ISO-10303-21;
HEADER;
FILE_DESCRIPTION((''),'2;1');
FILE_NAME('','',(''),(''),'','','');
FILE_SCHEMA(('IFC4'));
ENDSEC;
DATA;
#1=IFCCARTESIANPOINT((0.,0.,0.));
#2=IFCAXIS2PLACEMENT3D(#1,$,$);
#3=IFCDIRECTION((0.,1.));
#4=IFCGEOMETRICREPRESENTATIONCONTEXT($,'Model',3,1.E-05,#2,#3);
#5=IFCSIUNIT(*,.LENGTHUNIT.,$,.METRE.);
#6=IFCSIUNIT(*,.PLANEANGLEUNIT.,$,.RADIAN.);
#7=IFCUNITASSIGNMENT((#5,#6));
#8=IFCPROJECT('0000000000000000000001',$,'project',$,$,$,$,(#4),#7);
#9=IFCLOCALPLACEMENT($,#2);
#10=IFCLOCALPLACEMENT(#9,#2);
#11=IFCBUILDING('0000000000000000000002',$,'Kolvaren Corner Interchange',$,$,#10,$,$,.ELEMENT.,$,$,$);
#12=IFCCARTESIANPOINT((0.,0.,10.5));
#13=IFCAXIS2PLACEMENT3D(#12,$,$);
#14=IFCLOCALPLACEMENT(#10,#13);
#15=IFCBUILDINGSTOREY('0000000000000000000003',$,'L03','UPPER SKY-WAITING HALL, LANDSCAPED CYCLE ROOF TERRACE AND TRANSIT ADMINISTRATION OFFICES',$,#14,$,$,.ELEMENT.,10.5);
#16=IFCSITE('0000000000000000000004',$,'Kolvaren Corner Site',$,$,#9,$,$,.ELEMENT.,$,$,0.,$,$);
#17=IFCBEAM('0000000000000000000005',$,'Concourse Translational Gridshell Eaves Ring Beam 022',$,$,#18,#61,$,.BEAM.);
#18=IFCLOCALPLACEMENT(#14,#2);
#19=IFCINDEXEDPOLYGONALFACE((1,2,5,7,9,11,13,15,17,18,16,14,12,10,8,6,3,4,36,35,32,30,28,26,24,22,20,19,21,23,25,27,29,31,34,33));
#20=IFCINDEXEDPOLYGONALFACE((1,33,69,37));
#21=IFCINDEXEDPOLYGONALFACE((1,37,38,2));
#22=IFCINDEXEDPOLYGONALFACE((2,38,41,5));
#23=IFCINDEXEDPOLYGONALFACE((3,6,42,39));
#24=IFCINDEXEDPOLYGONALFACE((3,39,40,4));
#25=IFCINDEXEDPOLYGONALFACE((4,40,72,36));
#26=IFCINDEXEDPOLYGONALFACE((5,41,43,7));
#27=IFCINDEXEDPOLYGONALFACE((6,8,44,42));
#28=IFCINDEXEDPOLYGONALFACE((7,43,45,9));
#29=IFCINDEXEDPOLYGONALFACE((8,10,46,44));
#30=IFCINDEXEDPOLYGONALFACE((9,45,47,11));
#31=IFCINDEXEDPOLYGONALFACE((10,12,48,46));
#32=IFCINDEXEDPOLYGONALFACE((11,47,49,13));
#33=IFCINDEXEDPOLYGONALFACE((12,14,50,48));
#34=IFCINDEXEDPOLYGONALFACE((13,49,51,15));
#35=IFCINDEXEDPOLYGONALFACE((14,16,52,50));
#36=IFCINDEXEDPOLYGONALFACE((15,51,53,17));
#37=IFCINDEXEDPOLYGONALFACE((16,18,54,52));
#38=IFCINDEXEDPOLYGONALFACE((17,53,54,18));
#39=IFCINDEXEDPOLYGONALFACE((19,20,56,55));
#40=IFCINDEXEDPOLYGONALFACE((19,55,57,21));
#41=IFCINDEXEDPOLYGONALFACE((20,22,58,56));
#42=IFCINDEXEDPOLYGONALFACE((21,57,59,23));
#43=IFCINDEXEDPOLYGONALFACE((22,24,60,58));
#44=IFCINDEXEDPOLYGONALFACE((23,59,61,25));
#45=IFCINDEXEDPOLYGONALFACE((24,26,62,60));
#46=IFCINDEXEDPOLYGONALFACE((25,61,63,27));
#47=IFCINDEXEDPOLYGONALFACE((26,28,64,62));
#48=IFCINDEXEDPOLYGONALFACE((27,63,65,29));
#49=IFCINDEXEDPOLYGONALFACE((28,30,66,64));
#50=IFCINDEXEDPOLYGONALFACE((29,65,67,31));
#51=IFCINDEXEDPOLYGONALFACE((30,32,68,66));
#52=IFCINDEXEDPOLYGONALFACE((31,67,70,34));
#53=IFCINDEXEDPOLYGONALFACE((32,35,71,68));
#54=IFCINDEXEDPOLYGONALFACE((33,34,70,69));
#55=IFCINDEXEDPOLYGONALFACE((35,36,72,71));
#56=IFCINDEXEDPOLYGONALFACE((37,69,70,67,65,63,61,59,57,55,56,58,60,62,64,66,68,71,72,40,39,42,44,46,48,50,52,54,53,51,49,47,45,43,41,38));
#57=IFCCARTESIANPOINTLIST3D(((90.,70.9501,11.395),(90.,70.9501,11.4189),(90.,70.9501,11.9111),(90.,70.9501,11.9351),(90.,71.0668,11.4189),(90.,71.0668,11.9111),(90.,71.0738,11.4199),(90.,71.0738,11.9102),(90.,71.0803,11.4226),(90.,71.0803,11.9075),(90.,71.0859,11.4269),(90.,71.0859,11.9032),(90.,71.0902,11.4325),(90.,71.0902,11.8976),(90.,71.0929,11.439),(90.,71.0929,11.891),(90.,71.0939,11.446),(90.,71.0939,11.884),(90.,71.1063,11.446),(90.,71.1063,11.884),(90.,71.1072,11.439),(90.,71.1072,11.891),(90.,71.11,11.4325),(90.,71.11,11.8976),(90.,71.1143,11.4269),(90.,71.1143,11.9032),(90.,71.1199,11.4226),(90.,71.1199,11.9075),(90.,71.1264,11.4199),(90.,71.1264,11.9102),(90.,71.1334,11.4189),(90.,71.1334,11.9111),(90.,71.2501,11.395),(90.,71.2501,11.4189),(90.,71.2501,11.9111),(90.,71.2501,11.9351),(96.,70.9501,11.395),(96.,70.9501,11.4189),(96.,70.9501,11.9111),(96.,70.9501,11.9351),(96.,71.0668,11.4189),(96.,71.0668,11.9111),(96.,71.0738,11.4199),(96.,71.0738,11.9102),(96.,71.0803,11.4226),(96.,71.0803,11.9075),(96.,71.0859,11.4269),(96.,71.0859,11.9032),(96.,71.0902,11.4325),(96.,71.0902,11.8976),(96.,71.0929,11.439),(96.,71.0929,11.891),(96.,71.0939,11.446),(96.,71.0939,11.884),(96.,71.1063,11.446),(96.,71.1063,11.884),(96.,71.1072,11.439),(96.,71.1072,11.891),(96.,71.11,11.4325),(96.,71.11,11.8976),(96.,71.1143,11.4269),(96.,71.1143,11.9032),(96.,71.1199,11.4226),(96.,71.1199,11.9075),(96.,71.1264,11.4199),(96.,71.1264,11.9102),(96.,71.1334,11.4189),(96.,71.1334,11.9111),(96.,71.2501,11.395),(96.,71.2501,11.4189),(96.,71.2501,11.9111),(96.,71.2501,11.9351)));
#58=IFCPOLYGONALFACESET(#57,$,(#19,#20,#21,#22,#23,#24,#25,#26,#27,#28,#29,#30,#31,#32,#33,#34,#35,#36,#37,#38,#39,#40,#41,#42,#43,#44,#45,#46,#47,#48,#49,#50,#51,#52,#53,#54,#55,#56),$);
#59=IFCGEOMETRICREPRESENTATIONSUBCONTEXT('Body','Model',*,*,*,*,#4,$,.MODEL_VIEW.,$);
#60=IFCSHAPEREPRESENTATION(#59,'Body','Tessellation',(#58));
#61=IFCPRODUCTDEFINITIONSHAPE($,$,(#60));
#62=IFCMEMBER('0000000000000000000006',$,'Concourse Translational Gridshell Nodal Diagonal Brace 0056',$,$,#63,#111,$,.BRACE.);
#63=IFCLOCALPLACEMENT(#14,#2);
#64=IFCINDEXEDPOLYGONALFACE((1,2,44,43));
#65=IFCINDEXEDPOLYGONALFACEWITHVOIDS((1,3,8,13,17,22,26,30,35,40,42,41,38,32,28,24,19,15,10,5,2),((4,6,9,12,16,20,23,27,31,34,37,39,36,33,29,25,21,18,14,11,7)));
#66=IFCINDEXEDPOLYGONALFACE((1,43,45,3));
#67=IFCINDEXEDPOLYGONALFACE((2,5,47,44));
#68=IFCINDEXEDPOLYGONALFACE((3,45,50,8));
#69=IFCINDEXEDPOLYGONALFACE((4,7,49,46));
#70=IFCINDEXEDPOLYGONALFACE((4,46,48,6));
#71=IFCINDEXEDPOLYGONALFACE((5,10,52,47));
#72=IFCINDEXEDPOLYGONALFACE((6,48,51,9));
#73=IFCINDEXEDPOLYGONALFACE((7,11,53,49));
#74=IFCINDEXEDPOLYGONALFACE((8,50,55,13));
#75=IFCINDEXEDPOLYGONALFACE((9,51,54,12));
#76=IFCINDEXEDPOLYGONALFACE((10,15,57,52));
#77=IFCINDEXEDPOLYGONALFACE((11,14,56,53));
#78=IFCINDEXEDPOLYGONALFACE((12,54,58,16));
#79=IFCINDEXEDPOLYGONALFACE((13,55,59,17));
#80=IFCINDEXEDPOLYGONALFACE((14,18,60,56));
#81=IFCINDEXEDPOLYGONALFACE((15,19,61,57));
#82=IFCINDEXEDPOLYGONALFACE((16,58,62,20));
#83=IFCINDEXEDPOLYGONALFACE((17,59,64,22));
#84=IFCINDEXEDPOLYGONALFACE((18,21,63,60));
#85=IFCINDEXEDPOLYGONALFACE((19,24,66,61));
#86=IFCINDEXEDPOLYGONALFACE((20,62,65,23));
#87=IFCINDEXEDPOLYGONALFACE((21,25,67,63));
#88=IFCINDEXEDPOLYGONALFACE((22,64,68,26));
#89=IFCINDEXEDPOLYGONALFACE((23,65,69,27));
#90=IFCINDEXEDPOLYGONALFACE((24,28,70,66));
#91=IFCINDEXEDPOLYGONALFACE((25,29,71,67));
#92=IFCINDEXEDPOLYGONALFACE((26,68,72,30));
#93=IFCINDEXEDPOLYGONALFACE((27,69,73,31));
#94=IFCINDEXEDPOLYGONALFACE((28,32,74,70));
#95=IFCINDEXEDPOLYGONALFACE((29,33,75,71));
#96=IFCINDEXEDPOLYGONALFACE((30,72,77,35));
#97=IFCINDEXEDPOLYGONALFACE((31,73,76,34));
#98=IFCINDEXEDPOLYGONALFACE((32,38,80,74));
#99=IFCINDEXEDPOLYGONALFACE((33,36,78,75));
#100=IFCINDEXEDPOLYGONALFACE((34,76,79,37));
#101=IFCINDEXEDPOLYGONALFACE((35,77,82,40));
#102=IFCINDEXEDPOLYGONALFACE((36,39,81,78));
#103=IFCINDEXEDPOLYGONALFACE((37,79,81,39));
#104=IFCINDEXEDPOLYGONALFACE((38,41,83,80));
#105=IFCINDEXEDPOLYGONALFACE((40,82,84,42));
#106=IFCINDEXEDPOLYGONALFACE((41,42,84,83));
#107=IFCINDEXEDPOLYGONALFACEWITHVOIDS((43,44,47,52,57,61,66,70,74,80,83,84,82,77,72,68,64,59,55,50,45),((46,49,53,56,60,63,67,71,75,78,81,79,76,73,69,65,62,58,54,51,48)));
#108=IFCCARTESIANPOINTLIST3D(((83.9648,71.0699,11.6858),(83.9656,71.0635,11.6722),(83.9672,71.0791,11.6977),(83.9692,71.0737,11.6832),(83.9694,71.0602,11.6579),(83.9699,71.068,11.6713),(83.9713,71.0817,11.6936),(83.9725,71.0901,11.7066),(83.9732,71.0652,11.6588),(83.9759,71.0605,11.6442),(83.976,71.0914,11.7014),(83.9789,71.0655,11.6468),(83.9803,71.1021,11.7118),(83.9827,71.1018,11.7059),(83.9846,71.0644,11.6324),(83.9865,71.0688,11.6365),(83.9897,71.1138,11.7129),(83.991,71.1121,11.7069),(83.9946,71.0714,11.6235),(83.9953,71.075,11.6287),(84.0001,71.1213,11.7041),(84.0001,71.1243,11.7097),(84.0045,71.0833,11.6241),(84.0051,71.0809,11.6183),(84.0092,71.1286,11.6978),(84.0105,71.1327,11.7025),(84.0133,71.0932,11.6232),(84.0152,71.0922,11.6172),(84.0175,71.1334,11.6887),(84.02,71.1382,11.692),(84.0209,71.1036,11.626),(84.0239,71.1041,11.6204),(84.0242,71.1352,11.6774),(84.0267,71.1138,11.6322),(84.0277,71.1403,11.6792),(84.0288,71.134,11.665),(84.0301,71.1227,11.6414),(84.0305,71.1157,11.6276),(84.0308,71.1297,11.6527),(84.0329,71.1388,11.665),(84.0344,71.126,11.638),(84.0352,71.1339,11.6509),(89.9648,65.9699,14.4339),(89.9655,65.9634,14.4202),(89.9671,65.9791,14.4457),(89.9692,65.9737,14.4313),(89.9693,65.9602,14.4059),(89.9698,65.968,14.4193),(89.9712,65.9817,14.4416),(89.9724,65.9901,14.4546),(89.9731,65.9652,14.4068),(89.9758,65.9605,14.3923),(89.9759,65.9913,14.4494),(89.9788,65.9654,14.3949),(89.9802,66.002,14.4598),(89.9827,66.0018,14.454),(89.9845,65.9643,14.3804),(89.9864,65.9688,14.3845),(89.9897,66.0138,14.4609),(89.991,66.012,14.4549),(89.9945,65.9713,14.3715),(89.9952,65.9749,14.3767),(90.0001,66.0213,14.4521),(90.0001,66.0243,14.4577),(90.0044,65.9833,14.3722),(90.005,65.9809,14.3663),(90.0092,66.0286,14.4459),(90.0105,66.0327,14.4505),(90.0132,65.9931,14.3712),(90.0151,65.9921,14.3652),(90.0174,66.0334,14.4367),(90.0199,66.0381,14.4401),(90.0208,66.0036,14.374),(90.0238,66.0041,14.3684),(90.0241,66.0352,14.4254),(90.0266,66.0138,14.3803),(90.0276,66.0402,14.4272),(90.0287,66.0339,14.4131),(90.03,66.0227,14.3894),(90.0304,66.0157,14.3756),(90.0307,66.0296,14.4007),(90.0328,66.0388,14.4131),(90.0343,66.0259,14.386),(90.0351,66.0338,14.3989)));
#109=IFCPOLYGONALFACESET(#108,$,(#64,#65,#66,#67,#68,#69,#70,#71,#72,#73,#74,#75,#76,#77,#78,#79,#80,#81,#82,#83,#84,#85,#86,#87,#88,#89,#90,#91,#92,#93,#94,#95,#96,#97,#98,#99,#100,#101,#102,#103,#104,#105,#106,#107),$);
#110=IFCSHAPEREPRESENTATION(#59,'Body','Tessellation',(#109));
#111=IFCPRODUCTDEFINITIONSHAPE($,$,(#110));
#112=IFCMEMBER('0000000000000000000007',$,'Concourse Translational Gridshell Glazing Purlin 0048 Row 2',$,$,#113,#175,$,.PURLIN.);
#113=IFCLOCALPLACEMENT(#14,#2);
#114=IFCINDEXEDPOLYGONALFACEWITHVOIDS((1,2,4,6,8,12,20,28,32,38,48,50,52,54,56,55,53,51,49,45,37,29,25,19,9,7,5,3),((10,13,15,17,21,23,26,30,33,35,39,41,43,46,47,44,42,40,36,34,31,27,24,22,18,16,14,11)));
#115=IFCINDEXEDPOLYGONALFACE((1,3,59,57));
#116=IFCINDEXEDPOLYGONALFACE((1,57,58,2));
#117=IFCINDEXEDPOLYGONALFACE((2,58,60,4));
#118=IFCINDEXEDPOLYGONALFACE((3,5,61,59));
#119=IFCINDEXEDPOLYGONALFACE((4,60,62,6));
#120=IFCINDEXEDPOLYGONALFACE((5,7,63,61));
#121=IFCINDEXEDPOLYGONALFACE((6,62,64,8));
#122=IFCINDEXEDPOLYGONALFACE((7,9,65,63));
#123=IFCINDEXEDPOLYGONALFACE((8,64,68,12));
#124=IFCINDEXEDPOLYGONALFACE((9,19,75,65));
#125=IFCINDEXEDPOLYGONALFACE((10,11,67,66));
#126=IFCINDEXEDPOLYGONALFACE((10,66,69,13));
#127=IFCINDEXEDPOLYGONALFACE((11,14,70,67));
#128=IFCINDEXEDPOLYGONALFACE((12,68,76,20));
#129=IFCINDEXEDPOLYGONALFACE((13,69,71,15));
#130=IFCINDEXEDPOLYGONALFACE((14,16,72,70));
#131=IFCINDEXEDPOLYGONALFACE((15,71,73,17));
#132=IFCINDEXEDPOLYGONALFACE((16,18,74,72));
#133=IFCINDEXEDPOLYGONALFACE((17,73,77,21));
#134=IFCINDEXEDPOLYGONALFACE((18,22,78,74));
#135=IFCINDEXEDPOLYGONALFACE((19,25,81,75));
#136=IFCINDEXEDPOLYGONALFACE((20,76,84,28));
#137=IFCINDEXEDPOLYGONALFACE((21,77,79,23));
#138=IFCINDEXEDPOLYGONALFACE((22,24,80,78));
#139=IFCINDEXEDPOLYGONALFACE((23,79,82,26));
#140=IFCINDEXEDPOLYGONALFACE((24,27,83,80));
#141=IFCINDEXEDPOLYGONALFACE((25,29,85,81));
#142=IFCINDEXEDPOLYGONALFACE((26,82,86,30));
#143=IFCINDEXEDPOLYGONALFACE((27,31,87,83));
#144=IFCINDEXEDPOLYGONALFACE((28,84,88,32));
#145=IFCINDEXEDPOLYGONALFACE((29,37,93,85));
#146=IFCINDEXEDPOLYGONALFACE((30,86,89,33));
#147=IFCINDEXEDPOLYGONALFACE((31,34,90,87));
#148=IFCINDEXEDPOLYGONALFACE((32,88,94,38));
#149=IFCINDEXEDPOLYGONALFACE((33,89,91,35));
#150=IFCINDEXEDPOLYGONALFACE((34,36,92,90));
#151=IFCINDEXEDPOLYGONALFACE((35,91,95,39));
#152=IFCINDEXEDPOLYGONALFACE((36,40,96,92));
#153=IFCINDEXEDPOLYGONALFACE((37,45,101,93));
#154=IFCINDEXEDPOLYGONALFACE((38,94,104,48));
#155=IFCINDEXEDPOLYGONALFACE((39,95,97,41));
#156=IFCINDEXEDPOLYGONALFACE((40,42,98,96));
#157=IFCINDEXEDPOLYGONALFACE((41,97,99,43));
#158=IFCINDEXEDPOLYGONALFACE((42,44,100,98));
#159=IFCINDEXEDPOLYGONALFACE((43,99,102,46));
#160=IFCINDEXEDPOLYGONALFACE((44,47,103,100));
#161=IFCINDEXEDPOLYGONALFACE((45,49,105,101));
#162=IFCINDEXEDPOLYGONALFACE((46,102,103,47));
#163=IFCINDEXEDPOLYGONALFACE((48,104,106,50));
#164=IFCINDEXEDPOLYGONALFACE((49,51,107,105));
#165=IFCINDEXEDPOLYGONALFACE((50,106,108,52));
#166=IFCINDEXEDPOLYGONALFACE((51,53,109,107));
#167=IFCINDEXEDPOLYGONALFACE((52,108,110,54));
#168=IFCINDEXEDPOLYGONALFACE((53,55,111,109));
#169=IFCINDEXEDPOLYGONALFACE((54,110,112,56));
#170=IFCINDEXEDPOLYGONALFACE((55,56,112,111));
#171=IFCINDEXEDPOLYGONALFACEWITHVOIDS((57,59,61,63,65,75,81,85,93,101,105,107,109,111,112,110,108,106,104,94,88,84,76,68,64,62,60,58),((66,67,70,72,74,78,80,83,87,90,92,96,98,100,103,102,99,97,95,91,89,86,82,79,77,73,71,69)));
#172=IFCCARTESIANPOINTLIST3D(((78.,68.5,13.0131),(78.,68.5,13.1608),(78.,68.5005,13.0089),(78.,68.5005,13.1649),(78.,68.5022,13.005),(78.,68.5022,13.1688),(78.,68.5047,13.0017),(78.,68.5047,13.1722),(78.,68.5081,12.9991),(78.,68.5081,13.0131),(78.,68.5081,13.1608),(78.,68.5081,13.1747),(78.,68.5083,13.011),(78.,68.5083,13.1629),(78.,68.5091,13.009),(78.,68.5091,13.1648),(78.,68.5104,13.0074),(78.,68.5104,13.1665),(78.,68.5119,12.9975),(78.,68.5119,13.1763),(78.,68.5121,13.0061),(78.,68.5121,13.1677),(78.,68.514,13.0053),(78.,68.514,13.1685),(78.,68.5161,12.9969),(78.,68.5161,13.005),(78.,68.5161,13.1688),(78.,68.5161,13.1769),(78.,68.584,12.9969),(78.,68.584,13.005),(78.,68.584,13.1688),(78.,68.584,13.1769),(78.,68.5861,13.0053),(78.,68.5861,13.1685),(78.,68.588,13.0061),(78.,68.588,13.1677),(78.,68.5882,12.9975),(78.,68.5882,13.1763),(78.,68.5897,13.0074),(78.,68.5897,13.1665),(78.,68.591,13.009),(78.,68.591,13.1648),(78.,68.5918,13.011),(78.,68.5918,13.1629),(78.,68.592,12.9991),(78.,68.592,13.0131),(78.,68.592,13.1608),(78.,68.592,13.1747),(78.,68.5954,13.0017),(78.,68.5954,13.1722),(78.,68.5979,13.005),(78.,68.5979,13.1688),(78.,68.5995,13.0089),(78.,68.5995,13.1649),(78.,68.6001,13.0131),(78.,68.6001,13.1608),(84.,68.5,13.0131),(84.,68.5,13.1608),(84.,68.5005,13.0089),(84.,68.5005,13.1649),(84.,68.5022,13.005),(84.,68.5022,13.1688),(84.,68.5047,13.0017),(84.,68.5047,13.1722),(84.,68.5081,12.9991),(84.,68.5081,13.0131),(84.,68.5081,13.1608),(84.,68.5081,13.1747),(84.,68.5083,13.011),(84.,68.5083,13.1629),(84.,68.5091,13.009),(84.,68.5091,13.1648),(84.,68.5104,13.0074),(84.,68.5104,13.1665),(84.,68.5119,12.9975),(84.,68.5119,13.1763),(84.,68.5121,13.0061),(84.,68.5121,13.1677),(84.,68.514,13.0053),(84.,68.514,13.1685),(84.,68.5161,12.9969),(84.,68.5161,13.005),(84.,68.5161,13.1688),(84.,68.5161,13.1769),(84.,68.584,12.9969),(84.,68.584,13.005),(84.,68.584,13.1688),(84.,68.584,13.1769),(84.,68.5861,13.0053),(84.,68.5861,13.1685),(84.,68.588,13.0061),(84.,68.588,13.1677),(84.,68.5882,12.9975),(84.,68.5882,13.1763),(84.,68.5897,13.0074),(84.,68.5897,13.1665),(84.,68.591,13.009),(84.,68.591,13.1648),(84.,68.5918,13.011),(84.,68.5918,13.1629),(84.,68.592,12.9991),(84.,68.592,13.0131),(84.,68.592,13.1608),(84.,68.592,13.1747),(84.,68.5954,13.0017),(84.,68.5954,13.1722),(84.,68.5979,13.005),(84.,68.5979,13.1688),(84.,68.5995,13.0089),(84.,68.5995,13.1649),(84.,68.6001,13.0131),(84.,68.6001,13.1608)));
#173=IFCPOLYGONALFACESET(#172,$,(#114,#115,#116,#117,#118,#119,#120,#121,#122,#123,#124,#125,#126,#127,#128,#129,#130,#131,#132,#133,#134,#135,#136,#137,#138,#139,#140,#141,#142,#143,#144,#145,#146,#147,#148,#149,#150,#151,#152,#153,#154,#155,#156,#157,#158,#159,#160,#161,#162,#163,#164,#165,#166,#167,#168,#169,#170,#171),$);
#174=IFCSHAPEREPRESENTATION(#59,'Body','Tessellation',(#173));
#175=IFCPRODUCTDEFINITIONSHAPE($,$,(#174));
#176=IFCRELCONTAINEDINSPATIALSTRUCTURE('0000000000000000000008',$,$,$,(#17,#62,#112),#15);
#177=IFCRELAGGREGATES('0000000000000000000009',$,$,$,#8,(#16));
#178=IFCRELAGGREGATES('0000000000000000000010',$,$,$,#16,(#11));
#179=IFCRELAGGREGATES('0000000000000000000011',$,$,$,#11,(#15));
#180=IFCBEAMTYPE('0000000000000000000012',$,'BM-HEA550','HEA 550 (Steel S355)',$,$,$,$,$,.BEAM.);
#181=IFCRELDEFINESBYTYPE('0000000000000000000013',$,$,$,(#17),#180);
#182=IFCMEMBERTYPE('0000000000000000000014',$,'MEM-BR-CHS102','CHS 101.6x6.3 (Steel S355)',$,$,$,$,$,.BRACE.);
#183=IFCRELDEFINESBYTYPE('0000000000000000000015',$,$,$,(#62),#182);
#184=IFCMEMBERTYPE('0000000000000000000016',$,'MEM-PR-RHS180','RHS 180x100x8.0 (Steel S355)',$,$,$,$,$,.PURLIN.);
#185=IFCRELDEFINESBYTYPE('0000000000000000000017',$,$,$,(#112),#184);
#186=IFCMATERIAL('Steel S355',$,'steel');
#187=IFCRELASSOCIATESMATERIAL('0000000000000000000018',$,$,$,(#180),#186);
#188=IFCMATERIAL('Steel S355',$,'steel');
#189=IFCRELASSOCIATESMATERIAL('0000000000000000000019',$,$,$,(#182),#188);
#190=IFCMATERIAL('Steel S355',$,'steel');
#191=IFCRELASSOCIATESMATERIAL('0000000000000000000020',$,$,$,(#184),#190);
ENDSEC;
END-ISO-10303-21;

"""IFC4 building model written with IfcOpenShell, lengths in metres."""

from ifc_helpers import new_model, si_unit, direction, frame, origin, origin_2d, place, context, subcontext, project, spatial, hollow_rectangle, hollow_circle, i_section, extrude, material, material_profile, profile_set, type_object, element, save


model = new_model("IFC4")

# Units and contexts
model_context = context("Model", 3, precision=1e-05, world=origin(), true_north=direction((0.0, 1.0)))
body_context = subcontext(model_context, "Body", "Model", "MODEL_VIEW")
ifc_project = project(units=[si_unit("LENGTHUNIT", "METRE"), si_unit("PLANEANGLEUNIT", "RADIAN")], contexts=[model_context])

# Site, building, storey
site_placement = place(None, origin())
site = spatial("IfcSite", under=ifc_project, at=site_placement, Name="Kolvaren Corner Site", CompositionType="ELEMENT", RefElevation=0.0)
building_placement = place(site_placement, origin())
building = spatial("IfcBuilding", under=site, at=building_placement, Name="Kolvaren Corner Interchange", CompositionType="ELEMENT")
storey_placement = place(building_placement, frame((0.0, 0.0, 10.5)))
storey = spatial("IfcBuildingStorey", under=building, at=storey_placement, Name="L03", Description="UPPER SKY-WAITING HALL, LANDSCAPED CYCLE ROOF TERRACE AND TRANSIT ADMINISTRATION OFFICES", CompositionType="ELEMENT", Elevation=10.5)

# Beam
ifc_material_1 = material(Name="Steel S355", Category="steel")
ifc_material_profile_1 = material_profile(ifc_material_1, i_section(OverallWidth=0.3, OverallDepth=0.54, WebThickness=0.0125, FlangeThickness=0.0239, FilletRadius=0.0271, at=origin_2d()), Name="HEA 550")
ifc_profile_set_1 = profile_set([ifc_material_profile_1], Name="Steel S355")
beam_type_1 = type_object("IfcBeamType", Name="BM-HEA550", Description="HEA 550 (Steel S355)", PredefinedType="BEAM", material=ifc_profile_set_1)
for number, where, z_axis, x_axis, name in (
    (1, (90.0, 71.1001, 11.665), (1.0, 0.0, 0.0), (0.0, 1.0, 0.0), "Concourse Translational Gridshell Eaves Ring Beam 022"),
):
    element("IfcBeam", number, at=place(storey_placement, frame(where, z_axis=z_axis, x_axis=x_axis)), inside=storey, type_object=beam_type_1, Name=name, PredefinedType="BEAM", context=body_context, shape_type="SweptSolid", body=[
        extrude(i_section(OverallWidth=0.3, OverallDepth=0.54, WebThickness=0.0125, FlangeThickness=0.0239, FilletRadius=0.0271, at=origin_2d()), origin(), (0.0, 0.0, 1.0), 6.0),
    ])

# Members
ifc_material_2 = material(Name="Steel S355", Category="steel")
ifc_material_profile_2 = material_profile(ifc_material_2, hollow_circle(Radius=0.0508, WallThickness=0.0063, at=origin_2d()), Name="CHS 101.6x6.3")
ifc_profile_set_2 = profile_set([ifc_material_profile_2], Name="Steel S355")
member_type_1 = type_object("IfcMemberType", Name="MEM-BR-CHS102", Description="CHS 101.6x6.3 (Steel S355)", PredefinedType="BRACE", material=ifc_profile_set_2)
member_placement = place(storey_placement, frame((84.0, 71.1001, 11.665), z_axis=(0.719387, -0.611491, 0.329485), x_axis=(0.647656, 0.761933, 0.0)))
element("IfcMember", 2, at=member_placement, inside=storey, type_object=member_type_1, Name="Concourse Translational Gridshell Nodal Diagonal Brace 0056", PredefinedType="BRACE", context=body_context, shape_type="SweptSolid", body=[
    extrude(hollow_circle(Radius=0.0508, WallThickness=0.0063, at=origin_2d()), origin(), (0.0, 0.0, 1.0), 8.3403),
])
ifc_material_3 = material(Name="Steel S355", Category="steel")
ifc_material_profile_3 = material_profile(ifc_material_3, hollow_rectangle(XDim=0.1001, YDim=0.1799, WallThickness=0.0081, InnerFilletRadius=0.0081, OuterFilletRadius=0.0161, at=origin_2d()), Name="RHS 180x100x8.0")
ifc_profile_set_3 = profile_set([ifc_material_profile_3], Name="Steel S355")
member_type_2 = type_object("IfcMemberType", Name="MEM-PR-RHS180", Description="RHS 180x100x8.0 (Steel S355)", PredefinedType="PURLIN", material=ifc_profile_set_3)
for number, where, z_axis, x_axis, name in (
    (3, (78.0, 68.55, 13.0869), (1.0, 0.0, 0.0), (0.0, 1.0, 0.0), "Concourse Translational Gridshell Glazing Purlin 0048 Row 2"),
):
    element("IfcMember", number, at=place(storey_placement, frame(where, z_axis=z_axis, x_axis=x_axis)), inside=storey, type_object=member_type_2, Name=name, PredefinedType="PURLIN", context=body_context, shape_type="SweptSolid", body=[
        extrude(hollow_rectangle(XDim=0.1001, YDim=0.1799, WallThickness=0.0081, InnerFilletRadius=0.0081, OuterFilletRadius=0.0161, at=origin_2d()), origin(), (0.0, 0.0, 1.0), 6.0),
    ])

save(model, "model.ifc")
